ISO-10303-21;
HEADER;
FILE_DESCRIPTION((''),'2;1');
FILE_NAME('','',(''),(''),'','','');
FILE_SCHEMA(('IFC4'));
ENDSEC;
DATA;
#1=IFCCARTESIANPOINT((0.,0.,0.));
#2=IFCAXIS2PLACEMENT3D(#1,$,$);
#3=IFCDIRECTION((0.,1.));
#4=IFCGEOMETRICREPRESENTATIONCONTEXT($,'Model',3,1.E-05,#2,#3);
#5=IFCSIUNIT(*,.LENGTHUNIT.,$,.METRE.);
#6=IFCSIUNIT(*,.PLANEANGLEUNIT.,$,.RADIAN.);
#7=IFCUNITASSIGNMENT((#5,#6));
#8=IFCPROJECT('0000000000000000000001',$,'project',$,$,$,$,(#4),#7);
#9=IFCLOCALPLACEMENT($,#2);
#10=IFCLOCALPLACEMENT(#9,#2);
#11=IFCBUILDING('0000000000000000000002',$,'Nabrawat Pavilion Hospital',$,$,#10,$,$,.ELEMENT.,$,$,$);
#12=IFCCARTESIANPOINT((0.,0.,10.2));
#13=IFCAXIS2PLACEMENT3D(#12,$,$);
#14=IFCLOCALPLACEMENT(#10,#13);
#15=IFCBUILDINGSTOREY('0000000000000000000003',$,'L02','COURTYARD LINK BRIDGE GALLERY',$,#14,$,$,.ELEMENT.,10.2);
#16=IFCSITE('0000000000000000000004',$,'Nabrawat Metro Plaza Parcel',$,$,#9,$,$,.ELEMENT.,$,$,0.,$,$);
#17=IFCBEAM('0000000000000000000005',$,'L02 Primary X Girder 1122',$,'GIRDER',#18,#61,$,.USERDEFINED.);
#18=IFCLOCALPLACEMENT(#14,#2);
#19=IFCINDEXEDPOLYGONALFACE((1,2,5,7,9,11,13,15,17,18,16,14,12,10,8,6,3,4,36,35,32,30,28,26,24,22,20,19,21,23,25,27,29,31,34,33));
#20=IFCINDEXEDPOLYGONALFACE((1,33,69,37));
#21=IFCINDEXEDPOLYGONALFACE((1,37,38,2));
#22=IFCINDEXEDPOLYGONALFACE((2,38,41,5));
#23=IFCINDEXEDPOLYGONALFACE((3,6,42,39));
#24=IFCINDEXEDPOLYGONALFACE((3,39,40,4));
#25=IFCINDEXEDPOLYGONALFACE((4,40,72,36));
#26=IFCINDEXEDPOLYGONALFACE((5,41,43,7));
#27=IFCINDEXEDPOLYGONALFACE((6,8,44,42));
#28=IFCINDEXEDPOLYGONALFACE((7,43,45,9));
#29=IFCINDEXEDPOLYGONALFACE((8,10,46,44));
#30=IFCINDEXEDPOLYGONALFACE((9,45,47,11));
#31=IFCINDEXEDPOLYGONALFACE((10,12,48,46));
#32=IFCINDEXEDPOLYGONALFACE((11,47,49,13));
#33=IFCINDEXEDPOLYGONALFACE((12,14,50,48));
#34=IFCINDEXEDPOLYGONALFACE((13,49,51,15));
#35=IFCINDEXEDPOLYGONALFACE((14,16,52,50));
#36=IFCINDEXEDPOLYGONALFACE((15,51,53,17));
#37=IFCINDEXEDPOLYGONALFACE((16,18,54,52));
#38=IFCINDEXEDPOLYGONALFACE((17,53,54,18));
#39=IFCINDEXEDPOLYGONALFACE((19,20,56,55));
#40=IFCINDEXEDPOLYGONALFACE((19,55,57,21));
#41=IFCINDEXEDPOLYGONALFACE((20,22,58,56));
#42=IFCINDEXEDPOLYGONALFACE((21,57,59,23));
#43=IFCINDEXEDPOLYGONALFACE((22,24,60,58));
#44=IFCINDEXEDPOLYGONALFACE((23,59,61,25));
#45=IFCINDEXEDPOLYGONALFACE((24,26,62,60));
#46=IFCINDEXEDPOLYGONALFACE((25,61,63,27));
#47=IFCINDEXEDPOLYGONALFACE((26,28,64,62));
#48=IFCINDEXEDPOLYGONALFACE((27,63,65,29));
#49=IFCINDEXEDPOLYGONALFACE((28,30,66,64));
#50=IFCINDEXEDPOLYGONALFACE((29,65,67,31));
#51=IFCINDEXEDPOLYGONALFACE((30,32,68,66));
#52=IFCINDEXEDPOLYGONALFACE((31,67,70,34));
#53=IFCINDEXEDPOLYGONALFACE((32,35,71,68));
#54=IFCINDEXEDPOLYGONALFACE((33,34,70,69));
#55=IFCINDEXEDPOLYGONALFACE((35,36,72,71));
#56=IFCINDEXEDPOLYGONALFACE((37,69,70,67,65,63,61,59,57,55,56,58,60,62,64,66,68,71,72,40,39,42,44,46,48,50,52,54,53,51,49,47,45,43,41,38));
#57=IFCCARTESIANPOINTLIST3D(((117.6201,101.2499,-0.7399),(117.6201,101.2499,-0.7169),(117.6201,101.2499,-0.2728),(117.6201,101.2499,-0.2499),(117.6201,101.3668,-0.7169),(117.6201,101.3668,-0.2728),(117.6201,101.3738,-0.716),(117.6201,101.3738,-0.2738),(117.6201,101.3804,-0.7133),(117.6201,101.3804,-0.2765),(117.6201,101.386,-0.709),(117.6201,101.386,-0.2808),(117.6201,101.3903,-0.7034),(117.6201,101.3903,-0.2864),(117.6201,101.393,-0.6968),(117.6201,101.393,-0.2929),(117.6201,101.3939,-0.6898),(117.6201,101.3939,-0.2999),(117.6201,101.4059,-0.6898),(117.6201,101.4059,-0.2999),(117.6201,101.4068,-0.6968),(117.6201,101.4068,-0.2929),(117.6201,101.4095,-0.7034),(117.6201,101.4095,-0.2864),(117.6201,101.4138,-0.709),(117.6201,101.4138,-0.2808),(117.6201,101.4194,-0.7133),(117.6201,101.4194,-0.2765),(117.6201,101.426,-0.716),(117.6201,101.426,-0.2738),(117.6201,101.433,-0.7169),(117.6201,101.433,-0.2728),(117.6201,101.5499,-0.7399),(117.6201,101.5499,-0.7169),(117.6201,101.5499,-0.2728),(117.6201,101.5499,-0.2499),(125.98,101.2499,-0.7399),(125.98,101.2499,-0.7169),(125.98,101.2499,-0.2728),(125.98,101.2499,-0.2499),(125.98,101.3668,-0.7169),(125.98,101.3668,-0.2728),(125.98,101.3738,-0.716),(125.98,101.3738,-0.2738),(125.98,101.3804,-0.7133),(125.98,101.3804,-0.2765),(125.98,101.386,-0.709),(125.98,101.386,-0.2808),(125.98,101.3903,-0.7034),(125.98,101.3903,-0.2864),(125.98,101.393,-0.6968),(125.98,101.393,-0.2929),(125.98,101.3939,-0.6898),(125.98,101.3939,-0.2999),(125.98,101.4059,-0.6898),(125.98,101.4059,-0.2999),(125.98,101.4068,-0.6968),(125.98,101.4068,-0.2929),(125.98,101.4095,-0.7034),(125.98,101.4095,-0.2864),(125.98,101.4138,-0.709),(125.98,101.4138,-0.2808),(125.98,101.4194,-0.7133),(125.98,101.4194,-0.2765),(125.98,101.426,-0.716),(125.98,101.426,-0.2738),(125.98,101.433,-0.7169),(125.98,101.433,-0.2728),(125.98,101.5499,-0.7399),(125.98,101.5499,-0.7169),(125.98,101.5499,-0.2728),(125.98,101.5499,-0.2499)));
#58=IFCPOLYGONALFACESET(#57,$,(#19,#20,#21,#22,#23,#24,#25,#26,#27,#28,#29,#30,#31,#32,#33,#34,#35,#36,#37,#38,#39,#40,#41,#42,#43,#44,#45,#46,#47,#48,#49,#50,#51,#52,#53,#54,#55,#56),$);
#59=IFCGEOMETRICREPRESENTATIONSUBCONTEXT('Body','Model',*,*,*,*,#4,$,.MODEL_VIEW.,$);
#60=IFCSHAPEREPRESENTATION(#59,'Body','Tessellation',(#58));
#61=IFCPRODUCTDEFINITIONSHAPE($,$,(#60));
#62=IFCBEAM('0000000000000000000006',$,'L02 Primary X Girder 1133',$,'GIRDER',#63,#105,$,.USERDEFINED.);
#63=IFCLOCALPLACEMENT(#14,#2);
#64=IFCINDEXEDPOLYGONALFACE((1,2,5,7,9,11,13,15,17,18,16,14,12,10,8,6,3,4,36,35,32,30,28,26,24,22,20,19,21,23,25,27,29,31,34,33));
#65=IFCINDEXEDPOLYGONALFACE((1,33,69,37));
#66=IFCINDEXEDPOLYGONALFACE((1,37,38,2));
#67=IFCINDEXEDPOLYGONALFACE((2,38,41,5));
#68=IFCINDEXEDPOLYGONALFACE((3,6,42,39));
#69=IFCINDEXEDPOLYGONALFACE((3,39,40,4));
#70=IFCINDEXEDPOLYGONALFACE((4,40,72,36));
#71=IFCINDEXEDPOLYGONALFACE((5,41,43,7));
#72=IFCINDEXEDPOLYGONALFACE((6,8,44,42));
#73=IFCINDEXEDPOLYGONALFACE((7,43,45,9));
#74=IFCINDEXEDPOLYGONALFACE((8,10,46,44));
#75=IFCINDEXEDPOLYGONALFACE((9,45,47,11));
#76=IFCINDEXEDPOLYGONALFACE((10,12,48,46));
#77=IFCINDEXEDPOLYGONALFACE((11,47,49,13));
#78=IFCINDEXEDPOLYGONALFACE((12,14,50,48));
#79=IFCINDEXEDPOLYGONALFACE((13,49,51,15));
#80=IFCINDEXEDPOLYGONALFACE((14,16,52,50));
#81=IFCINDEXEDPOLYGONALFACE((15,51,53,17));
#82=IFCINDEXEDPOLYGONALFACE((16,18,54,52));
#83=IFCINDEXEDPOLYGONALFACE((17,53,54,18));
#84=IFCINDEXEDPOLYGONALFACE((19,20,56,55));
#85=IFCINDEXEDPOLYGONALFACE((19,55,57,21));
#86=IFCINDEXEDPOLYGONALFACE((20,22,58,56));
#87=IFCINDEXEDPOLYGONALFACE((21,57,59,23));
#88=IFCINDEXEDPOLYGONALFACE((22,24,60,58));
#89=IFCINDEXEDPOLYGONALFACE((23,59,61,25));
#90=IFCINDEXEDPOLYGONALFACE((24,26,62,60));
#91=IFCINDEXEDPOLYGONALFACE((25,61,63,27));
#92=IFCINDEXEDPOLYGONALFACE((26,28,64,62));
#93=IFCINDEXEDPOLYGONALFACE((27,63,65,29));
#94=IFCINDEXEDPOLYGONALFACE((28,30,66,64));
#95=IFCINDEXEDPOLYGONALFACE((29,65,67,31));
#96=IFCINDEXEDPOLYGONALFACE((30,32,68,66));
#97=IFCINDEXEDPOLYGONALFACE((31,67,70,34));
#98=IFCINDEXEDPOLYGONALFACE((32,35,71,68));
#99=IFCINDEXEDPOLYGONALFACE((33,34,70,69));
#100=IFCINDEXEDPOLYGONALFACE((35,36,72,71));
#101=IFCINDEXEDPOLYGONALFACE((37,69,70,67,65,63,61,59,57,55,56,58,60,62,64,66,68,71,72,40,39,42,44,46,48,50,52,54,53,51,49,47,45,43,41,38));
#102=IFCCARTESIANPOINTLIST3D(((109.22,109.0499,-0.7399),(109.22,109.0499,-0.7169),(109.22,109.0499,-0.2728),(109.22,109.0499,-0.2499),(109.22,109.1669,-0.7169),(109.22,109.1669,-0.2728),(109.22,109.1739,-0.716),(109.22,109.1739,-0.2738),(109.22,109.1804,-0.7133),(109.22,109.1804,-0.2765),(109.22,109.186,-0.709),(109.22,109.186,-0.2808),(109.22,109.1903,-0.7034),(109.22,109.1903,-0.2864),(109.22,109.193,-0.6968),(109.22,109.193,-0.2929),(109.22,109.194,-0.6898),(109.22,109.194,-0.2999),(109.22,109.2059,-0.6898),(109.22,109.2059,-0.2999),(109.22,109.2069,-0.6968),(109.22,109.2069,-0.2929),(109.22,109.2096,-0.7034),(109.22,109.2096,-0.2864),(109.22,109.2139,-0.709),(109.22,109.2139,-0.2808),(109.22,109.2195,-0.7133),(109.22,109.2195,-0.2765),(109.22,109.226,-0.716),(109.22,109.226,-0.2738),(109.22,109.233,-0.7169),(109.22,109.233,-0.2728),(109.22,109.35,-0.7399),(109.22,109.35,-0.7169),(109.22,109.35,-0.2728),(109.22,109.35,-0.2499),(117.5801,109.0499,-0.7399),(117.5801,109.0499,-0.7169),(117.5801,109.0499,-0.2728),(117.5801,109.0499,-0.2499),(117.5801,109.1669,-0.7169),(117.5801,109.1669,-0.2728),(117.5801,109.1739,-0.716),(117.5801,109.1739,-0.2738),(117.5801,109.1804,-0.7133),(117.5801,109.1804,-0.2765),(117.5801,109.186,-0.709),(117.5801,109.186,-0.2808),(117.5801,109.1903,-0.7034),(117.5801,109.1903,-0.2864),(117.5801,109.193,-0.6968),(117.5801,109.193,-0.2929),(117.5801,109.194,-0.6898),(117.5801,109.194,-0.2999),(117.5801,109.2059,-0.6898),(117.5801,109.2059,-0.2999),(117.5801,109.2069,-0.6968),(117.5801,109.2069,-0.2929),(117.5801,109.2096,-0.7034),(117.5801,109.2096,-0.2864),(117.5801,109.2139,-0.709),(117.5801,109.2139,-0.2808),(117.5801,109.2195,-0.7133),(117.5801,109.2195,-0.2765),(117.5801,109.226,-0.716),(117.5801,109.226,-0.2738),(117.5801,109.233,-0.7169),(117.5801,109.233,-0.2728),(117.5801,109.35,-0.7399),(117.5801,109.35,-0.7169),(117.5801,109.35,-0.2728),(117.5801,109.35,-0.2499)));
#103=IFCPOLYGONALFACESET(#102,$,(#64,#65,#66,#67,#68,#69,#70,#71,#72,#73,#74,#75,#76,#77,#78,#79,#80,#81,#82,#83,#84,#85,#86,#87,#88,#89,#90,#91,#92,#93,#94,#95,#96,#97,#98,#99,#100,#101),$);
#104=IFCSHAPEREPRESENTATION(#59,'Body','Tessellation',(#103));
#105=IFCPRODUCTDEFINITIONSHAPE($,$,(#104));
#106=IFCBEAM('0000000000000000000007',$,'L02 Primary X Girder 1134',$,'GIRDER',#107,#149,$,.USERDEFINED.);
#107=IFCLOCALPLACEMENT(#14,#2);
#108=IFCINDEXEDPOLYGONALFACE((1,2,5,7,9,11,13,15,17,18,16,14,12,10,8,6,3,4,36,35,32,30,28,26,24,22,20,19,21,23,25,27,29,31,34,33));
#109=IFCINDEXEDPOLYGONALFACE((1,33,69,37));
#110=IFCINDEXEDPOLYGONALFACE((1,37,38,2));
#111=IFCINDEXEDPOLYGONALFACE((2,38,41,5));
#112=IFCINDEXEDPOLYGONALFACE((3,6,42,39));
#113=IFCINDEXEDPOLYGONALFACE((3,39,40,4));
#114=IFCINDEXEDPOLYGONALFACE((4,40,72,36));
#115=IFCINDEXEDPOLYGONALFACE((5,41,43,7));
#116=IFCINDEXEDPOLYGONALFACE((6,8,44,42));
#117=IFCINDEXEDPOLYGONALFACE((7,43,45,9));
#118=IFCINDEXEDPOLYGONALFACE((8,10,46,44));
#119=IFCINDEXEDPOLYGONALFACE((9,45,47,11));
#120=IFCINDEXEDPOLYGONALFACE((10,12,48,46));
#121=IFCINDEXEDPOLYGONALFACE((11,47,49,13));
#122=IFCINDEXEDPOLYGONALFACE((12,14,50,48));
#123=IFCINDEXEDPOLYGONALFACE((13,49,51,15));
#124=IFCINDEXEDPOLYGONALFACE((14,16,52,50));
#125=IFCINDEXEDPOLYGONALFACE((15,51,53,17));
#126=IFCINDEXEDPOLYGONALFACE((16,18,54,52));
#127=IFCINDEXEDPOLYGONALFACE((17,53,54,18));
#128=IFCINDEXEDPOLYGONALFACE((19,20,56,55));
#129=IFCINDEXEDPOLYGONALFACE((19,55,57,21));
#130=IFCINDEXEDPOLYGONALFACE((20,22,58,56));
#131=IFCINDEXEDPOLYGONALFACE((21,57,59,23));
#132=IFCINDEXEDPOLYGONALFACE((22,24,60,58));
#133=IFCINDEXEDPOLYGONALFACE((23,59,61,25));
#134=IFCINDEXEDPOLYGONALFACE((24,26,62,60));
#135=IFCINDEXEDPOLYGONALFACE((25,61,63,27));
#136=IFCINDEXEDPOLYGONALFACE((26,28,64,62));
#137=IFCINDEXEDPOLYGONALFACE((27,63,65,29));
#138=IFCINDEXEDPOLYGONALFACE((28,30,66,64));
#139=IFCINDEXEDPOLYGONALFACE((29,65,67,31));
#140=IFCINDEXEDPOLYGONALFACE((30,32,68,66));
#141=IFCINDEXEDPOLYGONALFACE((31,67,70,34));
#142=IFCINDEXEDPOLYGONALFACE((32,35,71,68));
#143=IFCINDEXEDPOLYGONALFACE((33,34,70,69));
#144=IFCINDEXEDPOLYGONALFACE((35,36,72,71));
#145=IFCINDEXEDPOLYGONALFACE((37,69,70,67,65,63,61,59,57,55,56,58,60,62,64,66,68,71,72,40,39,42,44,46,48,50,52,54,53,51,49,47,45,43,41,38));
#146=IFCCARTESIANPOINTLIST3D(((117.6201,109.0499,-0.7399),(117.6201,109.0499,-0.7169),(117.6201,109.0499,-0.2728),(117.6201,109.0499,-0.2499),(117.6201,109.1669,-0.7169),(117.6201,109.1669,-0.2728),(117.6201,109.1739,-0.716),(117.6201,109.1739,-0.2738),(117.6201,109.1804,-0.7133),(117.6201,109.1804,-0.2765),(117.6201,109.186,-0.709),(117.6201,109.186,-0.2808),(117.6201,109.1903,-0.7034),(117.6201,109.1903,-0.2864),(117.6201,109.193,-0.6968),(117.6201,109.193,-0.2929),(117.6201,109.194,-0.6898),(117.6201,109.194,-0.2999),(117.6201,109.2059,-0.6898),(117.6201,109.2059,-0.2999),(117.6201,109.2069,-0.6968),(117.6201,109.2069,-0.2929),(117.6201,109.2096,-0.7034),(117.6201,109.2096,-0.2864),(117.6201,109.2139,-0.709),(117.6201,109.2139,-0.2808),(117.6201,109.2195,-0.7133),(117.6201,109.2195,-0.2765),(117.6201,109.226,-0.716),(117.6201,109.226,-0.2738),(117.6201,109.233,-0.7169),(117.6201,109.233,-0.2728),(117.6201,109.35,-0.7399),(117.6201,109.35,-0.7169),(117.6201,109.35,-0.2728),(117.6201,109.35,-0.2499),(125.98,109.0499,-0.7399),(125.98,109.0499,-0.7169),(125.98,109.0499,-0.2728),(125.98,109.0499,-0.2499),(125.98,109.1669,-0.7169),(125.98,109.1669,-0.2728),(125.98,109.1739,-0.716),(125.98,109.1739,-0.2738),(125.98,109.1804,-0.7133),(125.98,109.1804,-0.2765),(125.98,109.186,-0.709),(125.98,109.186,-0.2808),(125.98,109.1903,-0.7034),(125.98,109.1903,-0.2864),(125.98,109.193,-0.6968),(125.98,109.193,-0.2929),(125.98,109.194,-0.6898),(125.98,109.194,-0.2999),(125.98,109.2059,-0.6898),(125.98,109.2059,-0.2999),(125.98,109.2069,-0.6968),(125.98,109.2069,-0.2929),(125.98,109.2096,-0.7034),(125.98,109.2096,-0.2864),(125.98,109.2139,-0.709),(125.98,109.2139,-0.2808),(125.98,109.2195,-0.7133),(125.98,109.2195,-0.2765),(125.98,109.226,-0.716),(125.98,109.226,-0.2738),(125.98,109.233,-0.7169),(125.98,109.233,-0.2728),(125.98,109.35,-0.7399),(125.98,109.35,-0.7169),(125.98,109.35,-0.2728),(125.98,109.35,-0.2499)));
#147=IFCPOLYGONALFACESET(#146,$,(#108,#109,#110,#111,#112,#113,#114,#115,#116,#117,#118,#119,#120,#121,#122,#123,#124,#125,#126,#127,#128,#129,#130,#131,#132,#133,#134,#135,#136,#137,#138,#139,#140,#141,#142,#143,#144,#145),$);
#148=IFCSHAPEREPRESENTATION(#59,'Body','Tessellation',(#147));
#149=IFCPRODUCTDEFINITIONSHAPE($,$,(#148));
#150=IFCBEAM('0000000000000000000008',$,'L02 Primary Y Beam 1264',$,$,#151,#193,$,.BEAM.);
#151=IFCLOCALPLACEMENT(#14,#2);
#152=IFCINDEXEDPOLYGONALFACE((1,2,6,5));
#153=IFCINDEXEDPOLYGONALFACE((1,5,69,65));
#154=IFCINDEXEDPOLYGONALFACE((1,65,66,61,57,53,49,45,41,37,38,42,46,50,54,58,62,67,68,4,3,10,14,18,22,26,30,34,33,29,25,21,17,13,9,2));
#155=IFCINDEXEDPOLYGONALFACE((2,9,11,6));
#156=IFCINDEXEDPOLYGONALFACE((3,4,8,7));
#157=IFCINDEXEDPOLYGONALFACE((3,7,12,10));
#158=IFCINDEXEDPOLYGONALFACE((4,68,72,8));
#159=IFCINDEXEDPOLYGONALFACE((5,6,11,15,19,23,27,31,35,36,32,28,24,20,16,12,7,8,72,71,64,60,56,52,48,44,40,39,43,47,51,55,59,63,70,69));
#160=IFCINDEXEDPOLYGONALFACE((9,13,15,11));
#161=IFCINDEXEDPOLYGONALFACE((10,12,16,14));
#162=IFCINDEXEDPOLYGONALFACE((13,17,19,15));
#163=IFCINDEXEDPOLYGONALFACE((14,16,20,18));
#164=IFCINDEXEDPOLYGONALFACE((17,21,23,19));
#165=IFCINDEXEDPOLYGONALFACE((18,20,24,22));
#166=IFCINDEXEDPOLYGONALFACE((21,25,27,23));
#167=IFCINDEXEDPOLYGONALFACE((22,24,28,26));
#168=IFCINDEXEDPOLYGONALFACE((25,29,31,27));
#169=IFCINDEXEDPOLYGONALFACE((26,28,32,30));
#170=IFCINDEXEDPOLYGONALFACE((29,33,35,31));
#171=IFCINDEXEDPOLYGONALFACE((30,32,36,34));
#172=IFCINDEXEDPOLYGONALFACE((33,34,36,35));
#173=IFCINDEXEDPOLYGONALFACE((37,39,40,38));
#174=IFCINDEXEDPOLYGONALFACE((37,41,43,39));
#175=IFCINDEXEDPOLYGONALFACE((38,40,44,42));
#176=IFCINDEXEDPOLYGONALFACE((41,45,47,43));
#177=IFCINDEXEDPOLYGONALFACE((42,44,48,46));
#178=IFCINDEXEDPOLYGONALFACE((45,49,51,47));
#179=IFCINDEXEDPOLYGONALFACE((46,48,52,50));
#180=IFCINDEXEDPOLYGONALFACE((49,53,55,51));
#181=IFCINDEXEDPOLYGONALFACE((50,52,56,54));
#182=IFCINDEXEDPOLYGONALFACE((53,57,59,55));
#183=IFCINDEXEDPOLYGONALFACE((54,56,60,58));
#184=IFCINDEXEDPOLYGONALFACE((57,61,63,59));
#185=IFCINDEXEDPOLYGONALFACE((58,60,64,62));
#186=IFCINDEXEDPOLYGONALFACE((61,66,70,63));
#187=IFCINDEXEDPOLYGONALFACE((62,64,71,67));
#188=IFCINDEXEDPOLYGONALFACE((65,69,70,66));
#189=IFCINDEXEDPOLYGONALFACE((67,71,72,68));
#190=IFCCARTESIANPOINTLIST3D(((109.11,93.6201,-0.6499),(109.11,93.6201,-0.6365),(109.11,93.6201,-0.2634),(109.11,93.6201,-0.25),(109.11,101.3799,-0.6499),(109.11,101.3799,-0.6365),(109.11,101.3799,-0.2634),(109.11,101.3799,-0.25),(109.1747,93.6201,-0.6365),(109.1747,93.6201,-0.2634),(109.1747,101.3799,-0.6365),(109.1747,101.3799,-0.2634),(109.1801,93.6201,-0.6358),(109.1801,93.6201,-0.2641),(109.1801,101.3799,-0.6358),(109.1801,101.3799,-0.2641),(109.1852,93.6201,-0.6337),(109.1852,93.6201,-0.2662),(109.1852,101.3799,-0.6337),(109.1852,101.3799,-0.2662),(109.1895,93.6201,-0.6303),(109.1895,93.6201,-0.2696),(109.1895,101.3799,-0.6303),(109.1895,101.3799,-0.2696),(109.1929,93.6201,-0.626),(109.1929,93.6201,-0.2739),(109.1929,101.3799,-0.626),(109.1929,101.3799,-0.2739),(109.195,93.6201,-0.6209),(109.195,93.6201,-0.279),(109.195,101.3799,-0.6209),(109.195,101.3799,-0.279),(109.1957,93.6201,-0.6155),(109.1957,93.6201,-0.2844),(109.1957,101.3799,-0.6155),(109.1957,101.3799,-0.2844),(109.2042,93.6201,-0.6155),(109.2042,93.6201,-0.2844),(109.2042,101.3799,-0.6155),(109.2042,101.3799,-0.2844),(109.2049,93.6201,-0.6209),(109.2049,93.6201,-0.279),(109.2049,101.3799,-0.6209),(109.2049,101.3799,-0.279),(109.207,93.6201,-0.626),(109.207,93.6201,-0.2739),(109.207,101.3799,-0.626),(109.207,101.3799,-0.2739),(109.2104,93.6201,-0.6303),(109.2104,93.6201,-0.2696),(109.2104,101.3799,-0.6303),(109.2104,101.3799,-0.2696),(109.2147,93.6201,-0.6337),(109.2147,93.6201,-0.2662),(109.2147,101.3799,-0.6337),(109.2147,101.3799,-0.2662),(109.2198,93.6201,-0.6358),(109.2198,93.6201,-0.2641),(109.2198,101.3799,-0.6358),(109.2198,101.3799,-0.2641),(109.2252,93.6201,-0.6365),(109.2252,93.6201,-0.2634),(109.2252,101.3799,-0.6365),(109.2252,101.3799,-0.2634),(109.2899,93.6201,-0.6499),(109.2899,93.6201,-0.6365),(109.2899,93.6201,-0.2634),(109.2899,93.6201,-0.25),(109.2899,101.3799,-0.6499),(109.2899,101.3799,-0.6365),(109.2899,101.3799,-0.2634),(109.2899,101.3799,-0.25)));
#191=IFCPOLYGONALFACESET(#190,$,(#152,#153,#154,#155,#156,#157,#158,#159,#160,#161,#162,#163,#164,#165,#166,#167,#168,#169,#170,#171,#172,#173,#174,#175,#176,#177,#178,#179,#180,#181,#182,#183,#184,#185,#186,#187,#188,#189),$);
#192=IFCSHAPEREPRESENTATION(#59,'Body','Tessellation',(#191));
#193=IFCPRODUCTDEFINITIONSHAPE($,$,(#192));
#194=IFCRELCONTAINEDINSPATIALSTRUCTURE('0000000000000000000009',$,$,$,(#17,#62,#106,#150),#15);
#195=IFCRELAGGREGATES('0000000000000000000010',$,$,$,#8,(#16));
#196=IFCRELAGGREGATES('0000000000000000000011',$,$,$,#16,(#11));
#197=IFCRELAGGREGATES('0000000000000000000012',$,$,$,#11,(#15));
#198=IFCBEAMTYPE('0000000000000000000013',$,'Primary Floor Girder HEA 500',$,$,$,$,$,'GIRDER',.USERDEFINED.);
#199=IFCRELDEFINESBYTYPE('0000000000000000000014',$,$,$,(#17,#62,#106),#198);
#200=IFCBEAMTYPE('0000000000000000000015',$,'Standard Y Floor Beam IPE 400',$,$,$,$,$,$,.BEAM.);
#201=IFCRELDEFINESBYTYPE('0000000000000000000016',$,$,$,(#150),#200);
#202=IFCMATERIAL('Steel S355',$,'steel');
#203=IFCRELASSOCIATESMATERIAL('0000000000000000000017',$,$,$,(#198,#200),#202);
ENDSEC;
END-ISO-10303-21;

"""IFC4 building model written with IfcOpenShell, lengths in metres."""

from ifc_helpers import new_model, si_unit, direction, frame, origin, origin_2d, place, context, subcontext, project, spatial, i_section, extrude, material, material_profile, profile_set, type_object, element, save


model = new_model("IFC4")

# Units and contexts
model_context = context("Model", 3, precision=1e-05, world=origin(), true_north=direction((0.0, 1.0)))
body_context = subcontext(model_context, "Body", "Model", "MODEL_VIEW")
ifc_project = project(units=[si_unit("LENGTHUNIT", "METRE"), si_unit("PLANEANGLEUNIT", "RADIAN")], contexts=[model_context])

# Site, building, storey
site_placement = place(None, origin())
site = spatial("IfcSite", under=ifc_project, at=site_placement, Name="Nabrawat Metro Plaza Parcel", CompositionType="ELEMENT", RefElevation=0.0)
building_placement = place(site_placement, origin())
building = spatial("IfcBuilding", under=site, at=building_placement, Name="Nabrawat Pavilion Hospital", CompositionType="ELEMENT")
storey_placement = place(building_placement, frame((0.0, 0.0, 10.2)))
storey = spatial("IfcBuildingStorey", under=building, at=storey_placement, Name="L02", Description="COURTYARD LINK BRIDGE GALLERY", CompositionType="ELEMENT", Elevation=10.2)

# Shared definitions
ifc_material_1 = material(Name="Steel S355", Category="steel")

# Beams
ifc_material_profile_1 = material_profile(ifc_material_1, i_section(OverallWidth=0.3, OverallDepth=0.49, WebThickness=0.012, FlangeThickness=0.0229, FilletRadius=0.0271, at=origin_2d()), Name="HEA 500")
ifc_profile_set_1 = profile_set([ifc_material_profile_1], Name="Steel S355")
beam_type_1 = type_object("IfcBeamType", Name="Primary Floor Girder HEA 500", ElementType="GIRDER", PredefinedType="USERDEFINED", material=ifc_profile_set_1)
beam_1_placement = place(storey_placement, frame((117.6201, 101.3999, -0.4949), z_axis=(1.0, 0.0, 0.0), x_axis=(0.0, 1.0, 0.0)))
element("IfcBeam", 1, at=beam_1_placement, inside=storey, type_object=beam_type_1, Name="L02 Primary X Girder 1122", ObjectType="GIRDER", PredefinedType="USERDEFINED", context=body_context, shape_type="SweptSolid", body=[
    extrude(i_section(OverallWidth=0.3, OverallDepth=0.49, WebThickness=0.012, FlangeThickness=0.0229, FilletRadius=0.0271, at=origin_2d()), origin(), (0.0, 0.0, 1.0), 8.3599),
])
beam_2_placement = place(storey_placement, frame((109.22, 109.2, -0.4949), z_axis=(1.0, 0.0, 0.0), x_axis=(0.0, 1.0, 0.0)))
element("IfcBeam", 2, at=beam_2_placement, inside=storey, type_object=beam_type_1, Name="L02 Primary X Girder 1133", ObjectType="GIRDER", PredefinedType="USERDEFINED", context=body_context, shape_type="SweptSolid", body=[
    extrude(i_section(OverallWidth=0.3, OverallDepth=0.49, WebThickness=0.012, FlangeThickness=0.0229, FilletRadius=0.0271, at=origin_2d()), origin(), (0.0, 0.0, 1.0), 8.3601),
])
beam_3_placement = place(storey_placement, frame((117.6201, 109.2, -0.4949), z_axis=(1.0, 0.0, 0.0), x_axis=(0.0, 1.0, 0.0)))
element("IfcBeam", 3, at=beam_3_placement, inside=storey, type_object=beam_type_1, Name="L02 Primary X Girder 1134", ObjectType="GIRDER", PredefinedType="USERDEFINED", context=body_context, shape_type="SweptSolid", body=[
    extrude(i_section(OverallWidth=0.3, OverallDepth=0.49, WebThickness=0.012, FlangeThickness=0.0229, FilletRadius=0.0271, at=origin_2d()), origin(), (0.0, 0.0, 1.0), 8.3599),
])
ifc_material_profile_2 = material_profile(ifc_material_1, i_section(OverallWidth=0.1799, OverallDepth=0.3999, WebThickness=0.0085, FlangeThickness=0.0134, FilletRadius=0.021, at=origin_2d()), Name="IPE 400")
ifc_profile_set_2 = profile_set([ifc_material_profile_2], Name="Steel S355")
beam_type_2 = type_object("IfcBeamType", Name="Standard Y Floor Beam IPE 400", PredefinedType="BEAM", material=ifc_profile_set_2)
beam_4_placement = place(storey_placement, frame((109.2, 93.6201, -0.45), z_axis=(0.0, 1.0, 0.0), x_axis=(-1.0, 0.0, 0.0)))
element("IfcBeam", 4, at=beam_4_placement, inside=storey, type_object=beam_type_2, Name="L02 Primary Y Beam 1264", PredefinedType="BEAM", context=body_context, shape_type="SweptSolid", body=[
    extrude(i_section(OverallWidth=0.1799, OverallDepth=0.3999, WebThickness=0.0085, FlangeThickness=0.0134, FilletRadius=0.021, at=origin_2d()), origin(), (0.0, 0.0, 1.0), 7.7598),
])

save(model, "model.ifc")
